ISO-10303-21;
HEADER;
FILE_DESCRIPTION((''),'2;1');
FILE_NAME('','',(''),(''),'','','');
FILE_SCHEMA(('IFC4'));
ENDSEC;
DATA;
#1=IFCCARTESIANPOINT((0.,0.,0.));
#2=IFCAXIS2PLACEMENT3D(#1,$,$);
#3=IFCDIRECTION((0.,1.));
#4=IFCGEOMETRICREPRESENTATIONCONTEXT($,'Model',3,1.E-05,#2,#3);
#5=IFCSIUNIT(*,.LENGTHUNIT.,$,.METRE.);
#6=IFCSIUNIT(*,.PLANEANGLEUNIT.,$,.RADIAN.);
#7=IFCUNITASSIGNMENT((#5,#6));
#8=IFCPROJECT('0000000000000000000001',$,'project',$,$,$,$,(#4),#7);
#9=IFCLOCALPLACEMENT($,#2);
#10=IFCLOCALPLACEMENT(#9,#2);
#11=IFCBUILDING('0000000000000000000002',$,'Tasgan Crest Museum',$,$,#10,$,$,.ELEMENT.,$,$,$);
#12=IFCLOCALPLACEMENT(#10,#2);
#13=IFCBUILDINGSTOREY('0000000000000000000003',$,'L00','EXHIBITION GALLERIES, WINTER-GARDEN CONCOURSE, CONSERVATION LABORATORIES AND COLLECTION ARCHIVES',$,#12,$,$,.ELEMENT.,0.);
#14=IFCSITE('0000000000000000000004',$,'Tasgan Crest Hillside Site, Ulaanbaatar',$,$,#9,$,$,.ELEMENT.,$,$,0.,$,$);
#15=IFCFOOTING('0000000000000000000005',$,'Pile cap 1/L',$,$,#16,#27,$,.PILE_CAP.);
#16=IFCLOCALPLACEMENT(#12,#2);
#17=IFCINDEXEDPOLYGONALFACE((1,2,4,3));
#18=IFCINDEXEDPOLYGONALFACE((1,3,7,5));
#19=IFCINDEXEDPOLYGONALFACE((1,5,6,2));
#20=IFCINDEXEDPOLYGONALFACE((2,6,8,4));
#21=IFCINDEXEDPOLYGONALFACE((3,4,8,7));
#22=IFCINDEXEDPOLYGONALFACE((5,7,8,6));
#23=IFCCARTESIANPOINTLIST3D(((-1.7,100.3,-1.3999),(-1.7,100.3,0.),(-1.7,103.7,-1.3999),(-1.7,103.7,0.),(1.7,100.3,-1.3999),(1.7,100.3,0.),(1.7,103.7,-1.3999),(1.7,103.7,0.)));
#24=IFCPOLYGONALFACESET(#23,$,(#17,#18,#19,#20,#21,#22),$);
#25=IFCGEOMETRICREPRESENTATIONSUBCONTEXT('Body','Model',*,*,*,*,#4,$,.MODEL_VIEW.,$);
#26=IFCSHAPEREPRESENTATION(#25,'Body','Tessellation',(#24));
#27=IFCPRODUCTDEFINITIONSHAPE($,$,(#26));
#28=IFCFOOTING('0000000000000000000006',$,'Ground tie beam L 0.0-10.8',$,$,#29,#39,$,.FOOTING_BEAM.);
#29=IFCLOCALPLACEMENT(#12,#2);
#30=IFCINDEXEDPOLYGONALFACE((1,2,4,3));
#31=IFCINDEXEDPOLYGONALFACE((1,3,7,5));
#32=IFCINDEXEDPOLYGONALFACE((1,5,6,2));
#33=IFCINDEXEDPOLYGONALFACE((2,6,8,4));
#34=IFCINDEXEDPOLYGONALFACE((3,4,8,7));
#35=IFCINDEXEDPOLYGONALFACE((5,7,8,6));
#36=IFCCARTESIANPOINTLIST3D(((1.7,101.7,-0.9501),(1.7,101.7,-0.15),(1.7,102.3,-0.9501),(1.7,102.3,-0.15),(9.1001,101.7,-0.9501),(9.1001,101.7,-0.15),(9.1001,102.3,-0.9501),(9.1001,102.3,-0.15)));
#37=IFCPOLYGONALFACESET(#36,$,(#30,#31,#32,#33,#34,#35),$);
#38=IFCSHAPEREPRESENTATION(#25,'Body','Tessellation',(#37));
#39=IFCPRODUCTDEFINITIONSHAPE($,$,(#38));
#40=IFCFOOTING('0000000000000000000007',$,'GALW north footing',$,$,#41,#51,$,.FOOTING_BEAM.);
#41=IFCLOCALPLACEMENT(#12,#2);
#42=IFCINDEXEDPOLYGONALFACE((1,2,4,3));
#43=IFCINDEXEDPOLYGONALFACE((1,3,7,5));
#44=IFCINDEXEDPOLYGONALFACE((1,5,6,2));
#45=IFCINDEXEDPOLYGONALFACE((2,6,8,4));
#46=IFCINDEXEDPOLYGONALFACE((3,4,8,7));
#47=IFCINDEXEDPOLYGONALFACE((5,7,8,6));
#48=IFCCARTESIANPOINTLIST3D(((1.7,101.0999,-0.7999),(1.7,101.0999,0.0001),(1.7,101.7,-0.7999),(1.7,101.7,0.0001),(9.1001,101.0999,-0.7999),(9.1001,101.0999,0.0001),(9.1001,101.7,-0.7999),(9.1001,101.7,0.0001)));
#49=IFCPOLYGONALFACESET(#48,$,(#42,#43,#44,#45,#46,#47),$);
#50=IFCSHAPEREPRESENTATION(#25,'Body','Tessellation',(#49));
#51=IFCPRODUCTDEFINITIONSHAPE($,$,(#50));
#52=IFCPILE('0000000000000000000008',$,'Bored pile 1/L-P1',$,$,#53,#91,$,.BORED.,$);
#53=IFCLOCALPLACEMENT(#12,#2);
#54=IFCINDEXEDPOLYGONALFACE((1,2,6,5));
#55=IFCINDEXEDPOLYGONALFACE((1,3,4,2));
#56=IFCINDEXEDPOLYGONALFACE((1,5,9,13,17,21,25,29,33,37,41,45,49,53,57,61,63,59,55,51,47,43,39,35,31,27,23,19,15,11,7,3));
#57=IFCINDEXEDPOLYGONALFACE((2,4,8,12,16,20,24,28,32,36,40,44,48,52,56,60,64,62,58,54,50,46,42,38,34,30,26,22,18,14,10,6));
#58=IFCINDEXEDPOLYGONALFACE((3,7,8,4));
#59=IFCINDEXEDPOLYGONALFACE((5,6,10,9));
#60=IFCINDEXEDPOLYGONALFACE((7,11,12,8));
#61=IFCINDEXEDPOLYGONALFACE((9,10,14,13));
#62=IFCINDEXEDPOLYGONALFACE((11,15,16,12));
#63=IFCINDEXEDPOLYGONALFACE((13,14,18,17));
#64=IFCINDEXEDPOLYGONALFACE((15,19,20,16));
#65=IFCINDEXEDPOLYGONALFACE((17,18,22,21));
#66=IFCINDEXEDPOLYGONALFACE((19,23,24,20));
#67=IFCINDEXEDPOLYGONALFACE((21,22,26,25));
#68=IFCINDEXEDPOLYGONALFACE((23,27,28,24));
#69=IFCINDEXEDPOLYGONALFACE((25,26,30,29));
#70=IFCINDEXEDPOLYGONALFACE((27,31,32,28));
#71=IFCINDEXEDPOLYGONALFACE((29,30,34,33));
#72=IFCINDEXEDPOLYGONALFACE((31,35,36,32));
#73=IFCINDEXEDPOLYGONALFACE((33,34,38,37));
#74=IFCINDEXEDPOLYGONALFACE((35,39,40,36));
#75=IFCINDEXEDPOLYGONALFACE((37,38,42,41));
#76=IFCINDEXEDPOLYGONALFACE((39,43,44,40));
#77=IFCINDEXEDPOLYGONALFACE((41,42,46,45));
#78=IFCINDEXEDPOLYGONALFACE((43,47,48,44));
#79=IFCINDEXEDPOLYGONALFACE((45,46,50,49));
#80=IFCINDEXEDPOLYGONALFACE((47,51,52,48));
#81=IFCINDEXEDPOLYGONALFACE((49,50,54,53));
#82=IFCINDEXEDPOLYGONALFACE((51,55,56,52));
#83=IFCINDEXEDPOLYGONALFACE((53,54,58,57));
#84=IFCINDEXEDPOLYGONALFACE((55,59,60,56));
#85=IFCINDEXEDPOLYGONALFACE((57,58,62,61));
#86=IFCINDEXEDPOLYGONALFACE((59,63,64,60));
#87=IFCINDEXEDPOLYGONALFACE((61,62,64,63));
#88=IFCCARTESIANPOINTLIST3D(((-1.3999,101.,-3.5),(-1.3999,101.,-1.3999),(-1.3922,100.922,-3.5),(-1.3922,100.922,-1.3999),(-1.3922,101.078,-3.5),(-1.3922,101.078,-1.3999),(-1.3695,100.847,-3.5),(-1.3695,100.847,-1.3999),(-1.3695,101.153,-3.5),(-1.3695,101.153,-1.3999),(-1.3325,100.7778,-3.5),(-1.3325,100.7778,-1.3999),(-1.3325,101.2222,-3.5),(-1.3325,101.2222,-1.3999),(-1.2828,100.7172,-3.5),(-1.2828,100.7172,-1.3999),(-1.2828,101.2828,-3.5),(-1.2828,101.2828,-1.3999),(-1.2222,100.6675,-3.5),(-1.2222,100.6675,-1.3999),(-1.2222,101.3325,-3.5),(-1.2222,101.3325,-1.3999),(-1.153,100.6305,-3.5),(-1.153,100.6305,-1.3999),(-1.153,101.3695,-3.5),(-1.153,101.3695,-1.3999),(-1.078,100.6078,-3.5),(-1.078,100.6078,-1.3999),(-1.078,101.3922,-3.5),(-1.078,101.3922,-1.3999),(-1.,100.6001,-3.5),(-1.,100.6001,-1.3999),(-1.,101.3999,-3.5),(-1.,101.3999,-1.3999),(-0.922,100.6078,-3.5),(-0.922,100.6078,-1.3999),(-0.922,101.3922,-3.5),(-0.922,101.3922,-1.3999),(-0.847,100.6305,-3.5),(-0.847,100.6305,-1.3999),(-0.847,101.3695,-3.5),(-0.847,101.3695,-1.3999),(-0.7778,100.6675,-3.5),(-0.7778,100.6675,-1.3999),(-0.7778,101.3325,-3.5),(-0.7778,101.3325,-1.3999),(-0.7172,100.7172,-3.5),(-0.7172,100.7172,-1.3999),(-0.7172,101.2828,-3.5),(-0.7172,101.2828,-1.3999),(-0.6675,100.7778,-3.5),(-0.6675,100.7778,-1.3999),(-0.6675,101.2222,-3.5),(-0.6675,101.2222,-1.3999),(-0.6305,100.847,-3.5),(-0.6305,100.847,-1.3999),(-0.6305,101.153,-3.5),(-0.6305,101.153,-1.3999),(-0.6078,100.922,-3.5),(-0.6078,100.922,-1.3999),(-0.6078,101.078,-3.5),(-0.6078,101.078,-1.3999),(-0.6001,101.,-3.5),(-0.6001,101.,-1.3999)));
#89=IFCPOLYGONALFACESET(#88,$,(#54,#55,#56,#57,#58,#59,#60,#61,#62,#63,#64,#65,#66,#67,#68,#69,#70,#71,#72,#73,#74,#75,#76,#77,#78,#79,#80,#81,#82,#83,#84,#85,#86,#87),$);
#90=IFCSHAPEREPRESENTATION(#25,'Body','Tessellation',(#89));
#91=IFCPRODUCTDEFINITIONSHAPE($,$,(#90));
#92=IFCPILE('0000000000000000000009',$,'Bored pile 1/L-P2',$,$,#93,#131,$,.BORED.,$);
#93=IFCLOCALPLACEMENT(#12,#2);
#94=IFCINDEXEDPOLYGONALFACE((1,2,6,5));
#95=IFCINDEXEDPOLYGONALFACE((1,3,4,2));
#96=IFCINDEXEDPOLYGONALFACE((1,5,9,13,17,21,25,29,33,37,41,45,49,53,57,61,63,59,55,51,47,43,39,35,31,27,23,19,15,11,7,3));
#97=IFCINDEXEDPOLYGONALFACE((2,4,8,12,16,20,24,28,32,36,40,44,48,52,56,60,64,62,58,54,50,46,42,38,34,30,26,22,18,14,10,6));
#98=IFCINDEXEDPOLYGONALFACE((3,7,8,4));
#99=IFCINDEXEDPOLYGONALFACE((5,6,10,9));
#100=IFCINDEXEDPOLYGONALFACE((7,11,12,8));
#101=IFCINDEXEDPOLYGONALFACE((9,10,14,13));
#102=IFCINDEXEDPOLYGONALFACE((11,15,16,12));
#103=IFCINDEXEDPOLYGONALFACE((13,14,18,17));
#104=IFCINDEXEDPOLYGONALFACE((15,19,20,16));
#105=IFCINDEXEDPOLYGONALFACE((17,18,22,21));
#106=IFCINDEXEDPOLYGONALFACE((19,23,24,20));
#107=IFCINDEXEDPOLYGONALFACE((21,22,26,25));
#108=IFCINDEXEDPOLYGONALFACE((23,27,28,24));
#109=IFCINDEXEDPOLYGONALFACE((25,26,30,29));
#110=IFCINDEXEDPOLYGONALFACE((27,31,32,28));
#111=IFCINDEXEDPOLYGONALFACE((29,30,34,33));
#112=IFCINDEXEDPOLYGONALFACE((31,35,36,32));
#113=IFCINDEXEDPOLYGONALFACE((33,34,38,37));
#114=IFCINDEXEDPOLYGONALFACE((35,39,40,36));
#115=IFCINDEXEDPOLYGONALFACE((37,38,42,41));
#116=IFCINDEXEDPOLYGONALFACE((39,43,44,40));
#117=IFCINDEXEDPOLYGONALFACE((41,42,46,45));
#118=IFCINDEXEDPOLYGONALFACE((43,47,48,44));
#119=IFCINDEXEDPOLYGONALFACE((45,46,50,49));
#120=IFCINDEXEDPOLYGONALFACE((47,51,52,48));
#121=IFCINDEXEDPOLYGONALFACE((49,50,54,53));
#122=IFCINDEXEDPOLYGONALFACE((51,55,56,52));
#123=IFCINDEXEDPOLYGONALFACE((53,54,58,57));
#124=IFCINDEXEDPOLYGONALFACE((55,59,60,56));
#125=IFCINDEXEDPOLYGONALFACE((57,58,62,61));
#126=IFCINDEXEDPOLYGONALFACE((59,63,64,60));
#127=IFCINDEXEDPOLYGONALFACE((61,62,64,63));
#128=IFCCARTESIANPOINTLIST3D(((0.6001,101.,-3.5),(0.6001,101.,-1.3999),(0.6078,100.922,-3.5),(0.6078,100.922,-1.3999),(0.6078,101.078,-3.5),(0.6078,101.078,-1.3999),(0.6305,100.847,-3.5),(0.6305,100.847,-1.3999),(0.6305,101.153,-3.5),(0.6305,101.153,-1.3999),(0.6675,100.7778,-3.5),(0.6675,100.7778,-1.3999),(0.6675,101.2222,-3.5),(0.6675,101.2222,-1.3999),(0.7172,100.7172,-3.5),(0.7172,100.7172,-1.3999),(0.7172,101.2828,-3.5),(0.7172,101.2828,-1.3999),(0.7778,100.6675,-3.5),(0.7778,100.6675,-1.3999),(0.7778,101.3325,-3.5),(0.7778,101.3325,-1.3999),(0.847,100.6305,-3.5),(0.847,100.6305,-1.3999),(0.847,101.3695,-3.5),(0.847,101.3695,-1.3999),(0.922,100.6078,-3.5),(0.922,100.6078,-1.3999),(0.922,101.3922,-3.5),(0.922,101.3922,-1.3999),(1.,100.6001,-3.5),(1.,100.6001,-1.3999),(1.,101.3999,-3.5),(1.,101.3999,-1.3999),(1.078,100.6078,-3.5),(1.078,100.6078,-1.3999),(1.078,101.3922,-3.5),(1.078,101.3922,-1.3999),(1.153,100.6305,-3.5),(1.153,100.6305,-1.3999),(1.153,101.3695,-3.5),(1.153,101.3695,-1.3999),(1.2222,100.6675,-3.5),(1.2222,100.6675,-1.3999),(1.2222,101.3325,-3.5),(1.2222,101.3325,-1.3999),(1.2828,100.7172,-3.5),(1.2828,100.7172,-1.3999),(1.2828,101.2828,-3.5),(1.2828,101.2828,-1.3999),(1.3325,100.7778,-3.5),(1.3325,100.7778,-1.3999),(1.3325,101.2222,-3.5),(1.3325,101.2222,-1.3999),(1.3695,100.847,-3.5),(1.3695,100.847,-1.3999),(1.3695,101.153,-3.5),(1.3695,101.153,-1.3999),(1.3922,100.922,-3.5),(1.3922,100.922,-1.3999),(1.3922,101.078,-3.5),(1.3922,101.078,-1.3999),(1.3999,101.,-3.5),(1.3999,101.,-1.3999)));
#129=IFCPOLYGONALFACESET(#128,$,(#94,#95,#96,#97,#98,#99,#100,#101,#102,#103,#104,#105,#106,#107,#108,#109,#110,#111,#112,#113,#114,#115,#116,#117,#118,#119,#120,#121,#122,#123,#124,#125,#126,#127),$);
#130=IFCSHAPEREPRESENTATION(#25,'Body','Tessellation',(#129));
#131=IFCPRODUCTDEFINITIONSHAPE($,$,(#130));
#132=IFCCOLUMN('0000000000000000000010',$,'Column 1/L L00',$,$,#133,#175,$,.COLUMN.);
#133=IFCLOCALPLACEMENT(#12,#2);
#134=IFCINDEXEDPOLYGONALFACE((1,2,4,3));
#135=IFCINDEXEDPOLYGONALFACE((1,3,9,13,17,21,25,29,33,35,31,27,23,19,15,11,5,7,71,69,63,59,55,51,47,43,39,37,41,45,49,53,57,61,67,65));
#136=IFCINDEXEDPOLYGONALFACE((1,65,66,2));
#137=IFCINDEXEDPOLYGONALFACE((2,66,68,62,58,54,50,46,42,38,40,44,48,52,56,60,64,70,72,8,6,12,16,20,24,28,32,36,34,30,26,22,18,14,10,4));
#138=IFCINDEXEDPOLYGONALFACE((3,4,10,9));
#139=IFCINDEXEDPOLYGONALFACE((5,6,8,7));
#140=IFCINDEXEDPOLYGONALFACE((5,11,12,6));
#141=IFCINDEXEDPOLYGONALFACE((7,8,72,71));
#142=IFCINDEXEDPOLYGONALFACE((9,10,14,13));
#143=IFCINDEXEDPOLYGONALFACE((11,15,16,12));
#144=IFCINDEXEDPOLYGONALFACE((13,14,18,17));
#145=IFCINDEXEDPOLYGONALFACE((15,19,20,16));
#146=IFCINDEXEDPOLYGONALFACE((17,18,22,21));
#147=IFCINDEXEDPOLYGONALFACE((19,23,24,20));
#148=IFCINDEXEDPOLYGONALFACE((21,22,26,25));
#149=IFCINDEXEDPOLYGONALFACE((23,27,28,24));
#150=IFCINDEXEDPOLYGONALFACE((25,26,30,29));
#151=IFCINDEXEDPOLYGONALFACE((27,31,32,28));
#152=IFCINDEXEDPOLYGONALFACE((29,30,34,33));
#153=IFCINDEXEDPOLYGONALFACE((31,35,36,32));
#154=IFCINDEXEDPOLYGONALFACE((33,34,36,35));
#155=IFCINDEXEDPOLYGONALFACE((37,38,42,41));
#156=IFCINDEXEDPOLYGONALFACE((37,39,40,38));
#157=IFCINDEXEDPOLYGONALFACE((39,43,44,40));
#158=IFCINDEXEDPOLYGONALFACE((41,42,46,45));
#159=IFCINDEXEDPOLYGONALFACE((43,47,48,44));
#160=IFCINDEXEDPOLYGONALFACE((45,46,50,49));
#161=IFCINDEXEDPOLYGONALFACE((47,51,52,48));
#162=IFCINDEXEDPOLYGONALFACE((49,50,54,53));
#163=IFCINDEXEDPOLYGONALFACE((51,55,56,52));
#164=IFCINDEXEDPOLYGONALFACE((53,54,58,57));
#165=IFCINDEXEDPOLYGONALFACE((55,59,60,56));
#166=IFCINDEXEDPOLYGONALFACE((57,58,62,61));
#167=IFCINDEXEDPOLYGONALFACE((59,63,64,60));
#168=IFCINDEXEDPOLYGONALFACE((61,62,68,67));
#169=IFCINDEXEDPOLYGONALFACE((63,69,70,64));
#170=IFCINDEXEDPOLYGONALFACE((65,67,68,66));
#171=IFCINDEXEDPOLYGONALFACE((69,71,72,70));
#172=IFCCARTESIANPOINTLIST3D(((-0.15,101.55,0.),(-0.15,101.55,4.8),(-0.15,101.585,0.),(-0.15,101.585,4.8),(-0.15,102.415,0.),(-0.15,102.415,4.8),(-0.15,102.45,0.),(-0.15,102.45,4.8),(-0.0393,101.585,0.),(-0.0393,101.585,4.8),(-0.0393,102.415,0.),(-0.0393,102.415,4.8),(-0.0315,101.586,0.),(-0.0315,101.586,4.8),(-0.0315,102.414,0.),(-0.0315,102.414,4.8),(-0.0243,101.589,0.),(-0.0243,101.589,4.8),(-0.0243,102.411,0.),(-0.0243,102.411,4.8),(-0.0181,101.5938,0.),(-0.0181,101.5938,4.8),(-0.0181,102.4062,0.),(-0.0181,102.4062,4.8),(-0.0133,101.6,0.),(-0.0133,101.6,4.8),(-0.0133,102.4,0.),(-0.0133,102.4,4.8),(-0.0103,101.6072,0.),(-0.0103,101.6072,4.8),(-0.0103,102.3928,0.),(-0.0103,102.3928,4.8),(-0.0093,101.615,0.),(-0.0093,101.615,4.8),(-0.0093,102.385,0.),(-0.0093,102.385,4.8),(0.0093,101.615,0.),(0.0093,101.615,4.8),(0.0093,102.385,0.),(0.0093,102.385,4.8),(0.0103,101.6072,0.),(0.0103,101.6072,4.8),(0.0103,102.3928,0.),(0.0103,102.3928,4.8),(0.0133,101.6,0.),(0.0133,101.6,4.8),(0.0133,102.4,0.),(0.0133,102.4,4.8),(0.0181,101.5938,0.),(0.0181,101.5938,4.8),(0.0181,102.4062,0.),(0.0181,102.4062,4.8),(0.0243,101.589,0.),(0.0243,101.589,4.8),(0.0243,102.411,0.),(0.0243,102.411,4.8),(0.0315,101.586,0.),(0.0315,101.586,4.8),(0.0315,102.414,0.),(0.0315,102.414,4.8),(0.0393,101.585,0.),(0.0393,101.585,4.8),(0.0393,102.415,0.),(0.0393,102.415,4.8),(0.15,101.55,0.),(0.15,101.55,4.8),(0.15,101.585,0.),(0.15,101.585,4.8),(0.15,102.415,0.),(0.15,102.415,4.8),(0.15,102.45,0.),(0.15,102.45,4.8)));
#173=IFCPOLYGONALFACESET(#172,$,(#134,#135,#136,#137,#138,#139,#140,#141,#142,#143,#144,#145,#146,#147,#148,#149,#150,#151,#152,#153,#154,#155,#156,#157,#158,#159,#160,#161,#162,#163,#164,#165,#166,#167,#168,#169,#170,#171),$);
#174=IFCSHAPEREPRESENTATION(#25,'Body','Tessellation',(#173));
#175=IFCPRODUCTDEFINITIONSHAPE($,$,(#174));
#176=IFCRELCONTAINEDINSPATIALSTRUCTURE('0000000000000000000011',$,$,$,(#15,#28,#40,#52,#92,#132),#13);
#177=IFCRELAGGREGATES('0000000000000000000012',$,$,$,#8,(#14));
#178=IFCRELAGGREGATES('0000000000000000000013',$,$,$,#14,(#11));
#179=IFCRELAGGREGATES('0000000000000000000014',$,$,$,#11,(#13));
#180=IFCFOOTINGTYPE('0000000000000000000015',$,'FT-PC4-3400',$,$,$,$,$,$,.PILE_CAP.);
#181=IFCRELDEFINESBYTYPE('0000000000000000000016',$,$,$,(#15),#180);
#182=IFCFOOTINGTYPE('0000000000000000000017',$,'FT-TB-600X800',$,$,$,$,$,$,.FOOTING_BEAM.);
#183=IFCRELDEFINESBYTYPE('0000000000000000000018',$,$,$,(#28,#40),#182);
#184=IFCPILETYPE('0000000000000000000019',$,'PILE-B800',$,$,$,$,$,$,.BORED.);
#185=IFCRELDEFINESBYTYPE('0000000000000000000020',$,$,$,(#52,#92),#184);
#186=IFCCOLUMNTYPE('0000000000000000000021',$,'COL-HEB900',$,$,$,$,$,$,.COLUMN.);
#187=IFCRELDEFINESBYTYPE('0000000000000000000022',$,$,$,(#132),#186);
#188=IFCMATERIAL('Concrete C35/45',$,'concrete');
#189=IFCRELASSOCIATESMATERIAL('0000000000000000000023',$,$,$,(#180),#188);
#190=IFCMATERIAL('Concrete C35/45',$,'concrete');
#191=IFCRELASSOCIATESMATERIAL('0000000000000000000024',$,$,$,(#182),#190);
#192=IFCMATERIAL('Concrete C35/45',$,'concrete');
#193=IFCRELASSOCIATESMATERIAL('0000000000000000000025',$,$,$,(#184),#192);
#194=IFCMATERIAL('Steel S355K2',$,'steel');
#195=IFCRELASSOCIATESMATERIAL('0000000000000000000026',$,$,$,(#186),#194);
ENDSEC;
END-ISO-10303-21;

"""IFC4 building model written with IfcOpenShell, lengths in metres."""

from ifc_helpers import new_model, si_unit, direction, frame, origin, origin_2d, place, context, subcontext, project, spatial, rectangle, circle, i_section, extrude, material, material_profile, profile_set, type_object, element, save


model = new_model("IFC4")

# Units and contexts
model_context = context("Model", 3, precision=1e-05, world=origin(), true_north=direction((0.0, 1.0)))
body_context = subcontext(model_context, "Body", "Model", "MODEL_VIEW")
ifc_project = project(units=[si_unit("LENGTHUNIT", "METRE"), si_unit("PLANEANGLEUNIT", "RADIAN")], contexts=[model_context])

# Site, building, storey
site_placement = place(None, origin())
site = spatial("IfcSite", under=ifc_project, at=site_placement, Name="Tasgan Crest Hillside Site, Ulaanbaatar", CompositionType="ELEMENT", RefElevation=0.0)
building_placement = place(site_placement, origin())
building = spatial("IfcBuilding", under=site, at=building_placement, Name="Tasgan Crest Museum", CompositionType="ELEMENT")
storey_placement = place(building_placement, origin())
storey = spatial("IfcBuildingStorey", under=building, at=storey_placement, Name="L00", Description="EXHIBITION GALLERIES, WINTER-GARDEN CONCOURSE, CONSERVATION LABORATORIES AND COLLECTION ARCHIVES", CompositionType="ELEMENT", Elevation=0.0)

# Footings
ifc_material_1 = material(Name="Concrete C35/45", Category="concrete")
footing_type_1 = type_object("IfcFootingType", Name="FT-PC4-3400", PredefinedType="PILE_CAP", material=ifc_material_1)
footing_placement = place(storey_placement, frame((0.0, 102.0, -1.3999), z_axis=(0.0, 0.0, 1.0), x_axis=(1.0, 0.0, 0.0)))
element("IfcFooting", 1, at=footing_placement, inside=storey, type_object=footing_type_1, Name="Pile cap 1/L", PredefinedType="PILE_CAP", context=body_context, shape_type="SweptSolid", body=[
    extrude(rectangle(XDim=3.3999, YDim=3.3999, at=origin_2d()), origin(), (0.0, 0.0, 1.0), 1.3999),
])
ifc_material_2 = material(Name="Concrete C35/45", Category="concrete")
ifc_material_profile_1 = material_profile(ifc_material_2, rectangle(XDim=0.6001, YDim=0.8, at=origin_2d()), Name="TB 600x800")
ifc_profile_set_1 = profile_set([ifc_material_profile_1], Name="Concrete C35/45")
footing_type_2 = type_object("IfcFootingType", Name="FT-TB-600X800", PredefinedType="FOOTING_BEAM", material=ifc_profile_set_1)
for number, where, z_axis, x_axis, name in (
    (2, (1.7, 102.0, -0.55), (1.0, 0.0, 0.0), (0.0, 1.0, 0.0), "Ground tie beam L 0.0-10.8"),
    (3, (1.7, 101.3999, -0.3999), (1.0, 0.0, 0.0), (0.0, 1.0, 0.0), "GALW north footing"),
):
    element("IfcFooting", number, at=place(storey_placement, frame(where, z_axis=z_axis, x_axis=x_axis)), inside=storey, type_object=footing_type_2, Name=name, PredefinedType="FOOTING_BEAM", context=body_context, shape_type="SweptSolid", body=[
        extrude(rectangle(XDim=0.6001, YDim=0.8, at=origin_2d()), origin(), (0.0, 0.0, 1.0), 7.4001),
    ])

# Piles
ifc_material_3 = material(Name="Concrete C35/45", Category="concrete")
ifc_material_profile_2 = material_profile(ifc_material_3, circle(Radius=0.3999, at=origin_2d()), Name="PILE D800")
ifc_profile_set_2 = profile_set([ifc_material_profile_2], Name="Concrete C35/45")
pile_type = type_object("IfcPileType", Name="PILE-B800", PredefinedType="BORED", material=ifc_profile_set_2)
for number, where, z_axis, x_axis, name in (
    (4, (-1.0, 101.0, -1.3999), (0.0, 0.0, -1.0), (1.0, 0.0, 0.0), "Bored pile 1/L-P1"),
    (5, (1.0, 101.0, -1.3999), (0.0, 0.0, -1.0), (1.0, 0.0, 0.0), "Bored pile 1/L-P2"),
):
    element("IfcPile", number, at=place(storey_placement, frame(where, z_axis=z_axis, x_axis=x_axis)), inside=storey, type_object=pile_type, Name=name, PredefinedType="BORED", context=body_context, shape_type="SweptSolid", body=[
        extrude(circle(Radius=0.3999, at=origin_2d()), origin(), (0.0, 0.0, 1.0), 2.1001),
    ])

# Column
ifc_material_4 = material(Name="Steel S355K2", Category="steel")
ifc_material_profile_3 = material_profile(ifc_material_4, i_section(OverallWidth=0.3, OverallDepth=0.8999, WebThickness=0.0186, FlangeThickness=0.0349, FilletRadius=0.03, at=origin_2d()), Name="HEB 900")
ifc_profile_set_3 = profile_set([ifc_material_profile_3], Name="Steel S355K2")
column_type = type_object("IfcColumnType", Name="COL-HEB900", PredefinedType="COLUMN", material=ifc_profile_set_3)
column_placement = place(storey_placement, frame((0.0, 102.0, 0.0), z_axis=(0.0, 0.0, 1.0), x_axis=(1.0, 0.0, 0.0)))
element("IfcColumn", 6, at=column_placement, inside=storey, type_object=column_type, Name="Column 1/L L00", PredefinedType="COLUMN", context=body_context, shape_type="SweptSolid", body=[
    extrude(i_section(OverallWidth=0.3, OverallDepth=0.8999, WebThickness=0.0186, FlangeThickness=0.0349, FilletRadius=0.03, at=origin_2d()), origin(), (0.0, 0.0, 1.0), 4.8),
])

save(model, "model.ifc")
